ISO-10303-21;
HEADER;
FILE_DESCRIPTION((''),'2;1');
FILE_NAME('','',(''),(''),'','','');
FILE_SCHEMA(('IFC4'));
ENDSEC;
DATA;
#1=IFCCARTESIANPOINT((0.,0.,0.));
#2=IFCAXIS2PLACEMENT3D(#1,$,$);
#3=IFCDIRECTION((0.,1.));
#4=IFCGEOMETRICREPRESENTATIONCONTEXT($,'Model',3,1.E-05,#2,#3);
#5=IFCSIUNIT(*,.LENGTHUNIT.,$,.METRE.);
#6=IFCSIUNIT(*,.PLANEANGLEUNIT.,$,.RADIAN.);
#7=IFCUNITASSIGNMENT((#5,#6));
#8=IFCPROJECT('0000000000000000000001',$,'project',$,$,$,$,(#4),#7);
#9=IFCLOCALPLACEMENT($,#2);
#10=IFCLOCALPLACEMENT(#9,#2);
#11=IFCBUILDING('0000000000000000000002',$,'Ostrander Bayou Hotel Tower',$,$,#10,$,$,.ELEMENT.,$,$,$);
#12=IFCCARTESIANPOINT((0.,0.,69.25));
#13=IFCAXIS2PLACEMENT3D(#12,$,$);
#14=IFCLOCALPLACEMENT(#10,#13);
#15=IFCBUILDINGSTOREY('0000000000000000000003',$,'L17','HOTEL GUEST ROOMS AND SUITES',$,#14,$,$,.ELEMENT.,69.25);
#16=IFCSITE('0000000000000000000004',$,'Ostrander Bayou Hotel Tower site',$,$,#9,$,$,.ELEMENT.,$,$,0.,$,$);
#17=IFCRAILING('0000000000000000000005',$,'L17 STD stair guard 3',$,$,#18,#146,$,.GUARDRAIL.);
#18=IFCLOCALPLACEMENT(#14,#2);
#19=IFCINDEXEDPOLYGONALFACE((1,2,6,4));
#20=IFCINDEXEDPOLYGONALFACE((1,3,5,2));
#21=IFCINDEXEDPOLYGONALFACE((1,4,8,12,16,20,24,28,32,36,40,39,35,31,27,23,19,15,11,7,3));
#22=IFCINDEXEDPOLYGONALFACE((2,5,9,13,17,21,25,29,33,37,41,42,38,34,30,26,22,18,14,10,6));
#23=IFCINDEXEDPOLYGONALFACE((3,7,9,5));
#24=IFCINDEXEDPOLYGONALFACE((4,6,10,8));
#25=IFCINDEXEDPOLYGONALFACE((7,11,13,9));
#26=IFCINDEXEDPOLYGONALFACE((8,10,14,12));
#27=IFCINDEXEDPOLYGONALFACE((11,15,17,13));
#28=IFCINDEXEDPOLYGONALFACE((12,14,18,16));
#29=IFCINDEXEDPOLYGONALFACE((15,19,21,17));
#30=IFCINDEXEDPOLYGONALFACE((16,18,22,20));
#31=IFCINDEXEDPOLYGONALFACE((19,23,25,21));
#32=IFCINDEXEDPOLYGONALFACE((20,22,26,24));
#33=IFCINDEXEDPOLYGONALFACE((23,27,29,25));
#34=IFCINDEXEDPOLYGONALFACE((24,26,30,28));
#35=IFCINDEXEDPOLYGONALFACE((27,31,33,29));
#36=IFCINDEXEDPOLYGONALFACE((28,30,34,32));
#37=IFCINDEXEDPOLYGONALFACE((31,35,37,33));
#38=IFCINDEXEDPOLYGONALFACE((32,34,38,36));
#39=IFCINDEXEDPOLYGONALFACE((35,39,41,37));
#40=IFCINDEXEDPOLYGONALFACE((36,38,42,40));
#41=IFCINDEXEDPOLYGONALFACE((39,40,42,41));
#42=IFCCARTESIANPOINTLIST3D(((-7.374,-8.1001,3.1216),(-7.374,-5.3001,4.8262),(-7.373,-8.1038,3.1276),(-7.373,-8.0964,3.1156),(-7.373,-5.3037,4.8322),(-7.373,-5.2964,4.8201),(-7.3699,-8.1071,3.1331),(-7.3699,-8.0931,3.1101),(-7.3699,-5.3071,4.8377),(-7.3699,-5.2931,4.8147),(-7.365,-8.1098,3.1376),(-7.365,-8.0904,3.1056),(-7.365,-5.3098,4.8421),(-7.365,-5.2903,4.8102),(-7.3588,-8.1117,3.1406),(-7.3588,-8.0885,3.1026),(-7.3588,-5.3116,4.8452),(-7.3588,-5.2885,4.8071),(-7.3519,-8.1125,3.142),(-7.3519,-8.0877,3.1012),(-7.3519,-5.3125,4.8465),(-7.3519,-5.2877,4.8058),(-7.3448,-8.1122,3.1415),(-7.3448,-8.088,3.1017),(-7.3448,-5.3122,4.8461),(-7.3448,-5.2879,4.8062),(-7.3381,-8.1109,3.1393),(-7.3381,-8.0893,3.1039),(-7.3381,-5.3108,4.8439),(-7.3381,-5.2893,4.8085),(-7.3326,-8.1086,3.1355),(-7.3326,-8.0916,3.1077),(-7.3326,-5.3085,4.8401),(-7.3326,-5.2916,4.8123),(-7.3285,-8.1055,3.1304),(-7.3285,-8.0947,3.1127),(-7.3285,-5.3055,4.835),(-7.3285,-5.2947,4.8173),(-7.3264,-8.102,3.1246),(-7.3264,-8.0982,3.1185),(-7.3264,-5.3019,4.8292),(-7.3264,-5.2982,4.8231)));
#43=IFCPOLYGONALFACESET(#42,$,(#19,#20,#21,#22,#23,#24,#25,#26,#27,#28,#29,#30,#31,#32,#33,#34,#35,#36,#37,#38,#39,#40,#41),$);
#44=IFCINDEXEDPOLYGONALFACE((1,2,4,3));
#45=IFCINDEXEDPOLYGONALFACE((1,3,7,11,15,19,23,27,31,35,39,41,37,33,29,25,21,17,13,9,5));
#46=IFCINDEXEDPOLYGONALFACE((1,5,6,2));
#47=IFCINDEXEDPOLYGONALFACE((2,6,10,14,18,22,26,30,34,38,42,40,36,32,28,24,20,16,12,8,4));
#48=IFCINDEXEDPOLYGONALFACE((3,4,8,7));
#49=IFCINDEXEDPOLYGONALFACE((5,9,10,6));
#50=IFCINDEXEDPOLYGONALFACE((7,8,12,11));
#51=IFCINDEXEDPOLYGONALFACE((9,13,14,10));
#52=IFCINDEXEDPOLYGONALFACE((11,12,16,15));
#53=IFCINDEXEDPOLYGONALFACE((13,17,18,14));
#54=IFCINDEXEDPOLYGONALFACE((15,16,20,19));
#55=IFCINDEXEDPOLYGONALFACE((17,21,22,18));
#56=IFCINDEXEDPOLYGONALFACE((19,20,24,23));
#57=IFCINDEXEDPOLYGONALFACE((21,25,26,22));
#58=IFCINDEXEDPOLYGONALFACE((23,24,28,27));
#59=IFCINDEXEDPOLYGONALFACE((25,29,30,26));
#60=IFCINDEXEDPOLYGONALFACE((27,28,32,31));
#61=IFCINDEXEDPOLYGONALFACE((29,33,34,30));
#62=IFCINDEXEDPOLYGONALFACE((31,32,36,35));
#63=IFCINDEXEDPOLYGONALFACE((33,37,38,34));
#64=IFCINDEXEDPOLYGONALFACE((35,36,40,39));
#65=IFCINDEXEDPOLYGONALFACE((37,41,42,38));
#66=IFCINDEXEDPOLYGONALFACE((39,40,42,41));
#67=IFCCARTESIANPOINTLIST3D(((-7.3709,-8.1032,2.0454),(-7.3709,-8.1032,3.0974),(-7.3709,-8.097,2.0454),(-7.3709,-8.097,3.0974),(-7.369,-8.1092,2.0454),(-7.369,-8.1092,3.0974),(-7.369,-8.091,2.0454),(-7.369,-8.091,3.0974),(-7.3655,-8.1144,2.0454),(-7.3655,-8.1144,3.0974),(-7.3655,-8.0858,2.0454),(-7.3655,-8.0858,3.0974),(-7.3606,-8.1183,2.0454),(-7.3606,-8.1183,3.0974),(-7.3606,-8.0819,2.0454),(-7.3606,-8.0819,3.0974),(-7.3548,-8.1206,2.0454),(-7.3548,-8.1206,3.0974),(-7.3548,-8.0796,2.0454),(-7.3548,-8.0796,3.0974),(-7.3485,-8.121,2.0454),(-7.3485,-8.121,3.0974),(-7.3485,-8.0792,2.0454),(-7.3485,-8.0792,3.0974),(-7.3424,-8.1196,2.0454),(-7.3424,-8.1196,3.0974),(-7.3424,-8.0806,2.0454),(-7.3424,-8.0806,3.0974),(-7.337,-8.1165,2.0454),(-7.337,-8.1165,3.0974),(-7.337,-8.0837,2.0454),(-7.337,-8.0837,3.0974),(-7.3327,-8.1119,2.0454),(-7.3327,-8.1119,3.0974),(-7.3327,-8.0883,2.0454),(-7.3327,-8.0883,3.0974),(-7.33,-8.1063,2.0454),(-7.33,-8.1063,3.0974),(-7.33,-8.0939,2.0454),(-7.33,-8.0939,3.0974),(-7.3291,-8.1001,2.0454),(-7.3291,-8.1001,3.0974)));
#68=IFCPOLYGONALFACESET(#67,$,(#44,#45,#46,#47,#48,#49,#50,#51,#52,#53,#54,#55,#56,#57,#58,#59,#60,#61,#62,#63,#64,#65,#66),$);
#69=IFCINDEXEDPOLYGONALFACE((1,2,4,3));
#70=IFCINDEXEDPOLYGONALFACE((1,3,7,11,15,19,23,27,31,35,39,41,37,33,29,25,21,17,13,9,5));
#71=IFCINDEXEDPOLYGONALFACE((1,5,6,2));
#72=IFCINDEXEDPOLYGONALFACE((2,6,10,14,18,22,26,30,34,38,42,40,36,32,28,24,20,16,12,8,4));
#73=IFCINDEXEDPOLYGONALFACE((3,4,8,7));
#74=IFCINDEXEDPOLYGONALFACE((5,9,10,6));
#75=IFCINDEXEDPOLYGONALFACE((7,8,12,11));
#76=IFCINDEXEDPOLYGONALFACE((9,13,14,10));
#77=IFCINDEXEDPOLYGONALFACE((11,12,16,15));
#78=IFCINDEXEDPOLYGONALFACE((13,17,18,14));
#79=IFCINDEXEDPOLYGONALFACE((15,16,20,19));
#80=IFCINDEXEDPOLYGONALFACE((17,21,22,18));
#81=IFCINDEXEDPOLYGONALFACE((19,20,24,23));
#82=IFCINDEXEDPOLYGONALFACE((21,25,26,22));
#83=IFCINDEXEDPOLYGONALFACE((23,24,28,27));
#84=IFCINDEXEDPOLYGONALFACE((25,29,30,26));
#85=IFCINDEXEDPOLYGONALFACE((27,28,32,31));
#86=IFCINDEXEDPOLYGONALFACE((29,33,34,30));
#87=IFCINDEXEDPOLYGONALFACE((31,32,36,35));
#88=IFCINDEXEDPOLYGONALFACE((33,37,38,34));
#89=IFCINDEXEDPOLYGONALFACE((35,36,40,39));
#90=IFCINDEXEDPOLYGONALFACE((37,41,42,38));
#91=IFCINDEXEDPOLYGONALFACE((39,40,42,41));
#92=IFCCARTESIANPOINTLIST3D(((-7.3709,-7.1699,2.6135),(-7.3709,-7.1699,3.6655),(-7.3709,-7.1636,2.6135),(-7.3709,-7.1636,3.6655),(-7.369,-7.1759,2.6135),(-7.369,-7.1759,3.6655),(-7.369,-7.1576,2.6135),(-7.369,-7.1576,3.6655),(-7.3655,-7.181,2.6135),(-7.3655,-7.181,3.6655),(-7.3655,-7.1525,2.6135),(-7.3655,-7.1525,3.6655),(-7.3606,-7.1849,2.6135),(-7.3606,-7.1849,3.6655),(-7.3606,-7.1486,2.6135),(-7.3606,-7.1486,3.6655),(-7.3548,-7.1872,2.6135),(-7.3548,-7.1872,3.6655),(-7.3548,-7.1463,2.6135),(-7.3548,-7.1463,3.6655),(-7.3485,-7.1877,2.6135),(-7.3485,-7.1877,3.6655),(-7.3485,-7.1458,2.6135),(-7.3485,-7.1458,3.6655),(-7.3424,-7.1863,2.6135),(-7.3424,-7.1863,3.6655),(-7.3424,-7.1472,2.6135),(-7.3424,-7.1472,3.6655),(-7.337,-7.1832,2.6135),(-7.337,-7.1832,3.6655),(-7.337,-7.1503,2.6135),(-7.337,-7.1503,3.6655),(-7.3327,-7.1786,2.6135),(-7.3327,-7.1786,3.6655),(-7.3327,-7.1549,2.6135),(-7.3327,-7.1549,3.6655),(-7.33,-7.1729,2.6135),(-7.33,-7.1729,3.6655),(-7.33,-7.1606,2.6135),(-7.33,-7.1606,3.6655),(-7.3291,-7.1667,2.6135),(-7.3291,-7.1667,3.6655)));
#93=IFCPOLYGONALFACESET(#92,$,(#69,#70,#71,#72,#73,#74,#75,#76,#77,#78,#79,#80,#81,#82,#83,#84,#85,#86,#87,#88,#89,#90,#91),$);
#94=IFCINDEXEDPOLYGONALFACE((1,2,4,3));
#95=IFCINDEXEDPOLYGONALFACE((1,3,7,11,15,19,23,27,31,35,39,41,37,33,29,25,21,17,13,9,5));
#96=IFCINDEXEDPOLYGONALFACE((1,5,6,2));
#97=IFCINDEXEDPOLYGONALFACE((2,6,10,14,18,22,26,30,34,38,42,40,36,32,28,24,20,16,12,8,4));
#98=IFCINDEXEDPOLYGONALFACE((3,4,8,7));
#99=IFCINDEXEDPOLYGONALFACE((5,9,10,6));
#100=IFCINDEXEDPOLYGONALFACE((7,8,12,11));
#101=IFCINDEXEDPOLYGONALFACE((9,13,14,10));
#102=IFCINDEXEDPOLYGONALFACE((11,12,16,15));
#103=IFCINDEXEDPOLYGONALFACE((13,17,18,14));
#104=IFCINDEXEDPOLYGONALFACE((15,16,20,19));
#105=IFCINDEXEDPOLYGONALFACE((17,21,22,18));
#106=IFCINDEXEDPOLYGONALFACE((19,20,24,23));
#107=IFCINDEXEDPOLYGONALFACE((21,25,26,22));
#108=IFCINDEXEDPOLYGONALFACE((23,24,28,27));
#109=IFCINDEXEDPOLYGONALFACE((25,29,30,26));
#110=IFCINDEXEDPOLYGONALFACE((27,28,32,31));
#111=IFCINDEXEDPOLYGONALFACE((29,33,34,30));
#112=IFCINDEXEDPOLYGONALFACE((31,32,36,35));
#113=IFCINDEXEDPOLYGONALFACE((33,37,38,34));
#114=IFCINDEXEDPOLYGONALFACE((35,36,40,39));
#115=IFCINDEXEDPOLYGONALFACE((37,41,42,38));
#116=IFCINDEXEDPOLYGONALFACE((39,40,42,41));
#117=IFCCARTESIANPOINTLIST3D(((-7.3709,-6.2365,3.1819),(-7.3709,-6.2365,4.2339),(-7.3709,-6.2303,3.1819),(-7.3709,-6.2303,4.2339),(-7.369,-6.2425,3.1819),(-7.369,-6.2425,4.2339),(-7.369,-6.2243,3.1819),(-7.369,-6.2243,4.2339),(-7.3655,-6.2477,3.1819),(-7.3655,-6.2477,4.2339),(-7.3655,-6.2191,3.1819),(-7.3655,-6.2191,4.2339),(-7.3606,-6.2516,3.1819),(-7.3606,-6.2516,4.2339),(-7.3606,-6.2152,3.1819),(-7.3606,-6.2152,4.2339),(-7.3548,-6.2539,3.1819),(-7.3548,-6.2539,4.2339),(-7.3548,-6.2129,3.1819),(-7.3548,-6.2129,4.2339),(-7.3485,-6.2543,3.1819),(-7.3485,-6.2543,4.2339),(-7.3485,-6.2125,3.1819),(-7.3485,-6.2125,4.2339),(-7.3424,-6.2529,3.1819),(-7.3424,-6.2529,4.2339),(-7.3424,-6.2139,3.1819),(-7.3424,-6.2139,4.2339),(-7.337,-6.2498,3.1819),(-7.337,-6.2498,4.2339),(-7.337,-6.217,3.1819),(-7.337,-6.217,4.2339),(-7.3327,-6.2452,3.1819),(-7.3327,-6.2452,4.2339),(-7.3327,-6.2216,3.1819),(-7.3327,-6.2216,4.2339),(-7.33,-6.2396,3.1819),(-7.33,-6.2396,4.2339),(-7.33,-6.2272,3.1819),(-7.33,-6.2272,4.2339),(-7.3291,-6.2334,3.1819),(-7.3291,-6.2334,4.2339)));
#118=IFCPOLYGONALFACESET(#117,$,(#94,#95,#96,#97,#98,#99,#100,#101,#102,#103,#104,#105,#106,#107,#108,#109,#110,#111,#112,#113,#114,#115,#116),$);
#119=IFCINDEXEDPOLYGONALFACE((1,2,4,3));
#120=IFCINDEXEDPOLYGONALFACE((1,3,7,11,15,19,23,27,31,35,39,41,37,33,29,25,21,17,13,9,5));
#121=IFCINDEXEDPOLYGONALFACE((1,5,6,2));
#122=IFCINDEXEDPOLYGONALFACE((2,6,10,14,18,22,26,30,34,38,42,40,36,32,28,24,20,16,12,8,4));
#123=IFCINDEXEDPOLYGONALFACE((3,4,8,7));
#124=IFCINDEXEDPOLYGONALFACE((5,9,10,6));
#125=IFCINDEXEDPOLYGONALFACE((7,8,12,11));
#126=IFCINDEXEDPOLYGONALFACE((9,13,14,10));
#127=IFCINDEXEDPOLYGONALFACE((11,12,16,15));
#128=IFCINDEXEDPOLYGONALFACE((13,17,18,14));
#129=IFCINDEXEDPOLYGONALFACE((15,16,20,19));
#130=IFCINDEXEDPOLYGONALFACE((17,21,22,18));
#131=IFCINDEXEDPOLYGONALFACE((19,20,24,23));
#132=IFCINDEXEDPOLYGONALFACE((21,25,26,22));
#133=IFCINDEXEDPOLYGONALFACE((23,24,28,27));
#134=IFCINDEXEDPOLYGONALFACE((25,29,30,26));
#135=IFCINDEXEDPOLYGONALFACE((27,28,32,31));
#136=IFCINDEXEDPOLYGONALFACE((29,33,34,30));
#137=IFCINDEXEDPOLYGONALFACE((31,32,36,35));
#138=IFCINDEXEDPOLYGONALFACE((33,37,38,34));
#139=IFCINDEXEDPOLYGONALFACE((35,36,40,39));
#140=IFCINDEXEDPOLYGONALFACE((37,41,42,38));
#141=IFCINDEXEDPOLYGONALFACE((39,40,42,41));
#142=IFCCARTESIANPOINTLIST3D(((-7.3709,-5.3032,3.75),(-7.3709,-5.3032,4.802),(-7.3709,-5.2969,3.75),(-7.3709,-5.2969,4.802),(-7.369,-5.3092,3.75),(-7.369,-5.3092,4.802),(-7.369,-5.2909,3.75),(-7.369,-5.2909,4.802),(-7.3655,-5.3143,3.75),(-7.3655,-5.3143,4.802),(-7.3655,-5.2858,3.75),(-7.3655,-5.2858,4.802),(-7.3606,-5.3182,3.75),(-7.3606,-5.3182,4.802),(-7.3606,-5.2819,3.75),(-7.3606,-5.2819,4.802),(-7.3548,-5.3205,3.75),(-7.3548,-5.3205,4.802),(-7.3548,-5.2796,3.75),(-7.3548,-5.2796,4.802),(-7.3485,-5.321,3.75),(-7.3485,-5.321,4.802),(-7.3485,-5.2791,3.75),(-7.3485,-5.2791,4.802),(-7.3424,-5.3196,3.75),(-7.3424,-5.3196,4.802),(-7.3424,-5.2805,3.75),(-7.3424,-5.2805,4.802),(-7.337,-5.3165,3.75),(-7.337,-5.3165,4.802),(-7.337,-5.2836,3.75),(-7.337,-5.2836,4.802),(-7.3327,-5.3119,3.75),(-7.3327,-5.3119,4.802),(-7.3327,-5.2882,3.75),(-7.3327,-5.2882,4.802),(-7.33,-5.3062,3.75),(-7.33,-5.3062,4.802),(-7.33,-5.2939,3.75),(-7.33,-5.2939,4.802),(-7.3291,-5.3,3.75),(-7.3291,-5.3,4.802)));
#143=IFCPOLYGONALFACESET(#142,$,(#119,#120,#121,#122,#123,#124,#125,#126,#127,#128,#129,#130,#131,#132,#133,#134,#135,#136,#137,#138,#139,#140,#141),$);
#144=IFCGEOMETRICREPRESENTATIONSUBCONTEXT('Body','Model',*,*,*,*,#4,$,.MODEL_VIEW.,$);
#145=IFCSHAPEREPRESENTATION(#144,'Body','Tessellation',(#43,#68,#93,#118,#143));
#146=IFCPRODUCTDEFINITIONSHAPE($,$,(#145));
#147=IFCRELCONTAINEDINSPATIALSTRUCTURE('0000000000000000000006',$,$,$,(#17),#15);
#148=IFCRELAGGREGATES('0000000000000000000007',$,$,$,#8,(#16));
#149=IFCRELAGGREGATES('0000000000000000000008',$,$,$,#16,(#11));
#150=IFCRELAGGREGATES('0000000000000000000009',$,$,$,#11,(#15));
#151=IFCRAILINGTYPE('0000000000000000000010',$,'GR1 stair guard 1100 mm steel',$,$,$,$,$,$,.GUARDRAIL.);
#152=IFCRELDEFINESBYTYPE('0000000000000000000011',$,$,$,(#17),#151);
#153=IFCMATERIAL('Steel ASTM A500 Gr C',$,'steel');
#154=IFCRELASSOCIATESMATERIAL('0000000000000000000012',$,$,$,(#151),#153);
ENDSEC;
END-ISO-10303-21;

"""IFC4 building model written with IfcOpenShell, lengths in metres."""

from ifc_helpers import new_model, si_unit, direction, frame, origin, origin_2d, place, context, subcontext, project, spatial, circle, extrude, material, type_object, element, save


model = new_model("IFC4")

# Units and contexts
model_context = context("Model", 3, precision=1e-05, world=origin(), true_north=direction((0.0, 1.0)))
body_context = subcontext(model_context, "Body", "Model", "MODEL_VIEW")
ifc_project = project(units=[si_unit("LENGTHUNIT", "METRE"), si_unit("PLANEANGLEUNIT", "RADIAN")], contexts=[model_context])

# Site, building, storey
site_placement = place(None, origin())
site = spatial("IfcSite", under=ifc_project, at=site_placement, Name="Ostrander Bayou Hotel Tower site", CompositionType="ELEMENT", RefElevation=0.0)
building_placement = place(site_placement, origin())
building = spatial("IfcBuilding", under=site, at=building_placement, Name="Ostrander Bayou Hotel Tower", CompositionType="ELEMENT")
storey_placement = place(building_placement, frame((0.0, 0.0, 69.25)))
storey = spatial("IfcBuildingStorey", under=building, at=storey_placement, Name="L17", Description="HOTEL GUEST ROOMS AND SUITES", CompositionType="ELEMENT", Elevation=69.25)

# Railing
ifc_material_1 = material(Name="Steel ASTM A500 Gr C", Category="steel")
railing_type_1 = type_object("IfcRailingType", Name="GR1 stair guard 1100 mm steel", PredefinedType="GUARDRAIL", material=ifc_material_1)
railing_1_placement = place(storey_placement, frame((-7.3501, -8.1001, 2.0454)))
element("IfcRailing", 1, at=railing_1_placement, inside=storey, type_object=railing_type_1, Name="L17 STD stair guard 3", PredefinedType="GUARDRAIL", context=body_context, shape_type="SweptSolid", body=[
    extrude(circle(Radius=0.0239, at=origin_2d()), frame((0.0, 0.0, 1.0762), z_axis=(0.0, 0.85417, 0.519994), x_axis=(-1.0, 0.0, 0.0)), (0.0, 0.0, 1.0), 3.2781),
    extrude(circle(Radius=0.021, at=origin_2d()), origin(), (0.0, 0.0, 1.0), 1.052),
    extrude(circle(Radius=0.021, at=origin_2d()), frame((0.0, 0.9333, 0.5681)), (0.0, 0.0, 1.0), 1.052),
    extrude(circle(Radius=0.021, at=origin_2d()), frame((0.0, 1.8667, 1.1365)), (0.0, 0.0, 1.0), 1.052),
    extrude(circle(Radius=0.021, at=origin_2d()), frame((0.0, 2.8, 1.7046)), (0.0, 0.0, 1.0), 1.052),
])

save(model, "model.ifc")
